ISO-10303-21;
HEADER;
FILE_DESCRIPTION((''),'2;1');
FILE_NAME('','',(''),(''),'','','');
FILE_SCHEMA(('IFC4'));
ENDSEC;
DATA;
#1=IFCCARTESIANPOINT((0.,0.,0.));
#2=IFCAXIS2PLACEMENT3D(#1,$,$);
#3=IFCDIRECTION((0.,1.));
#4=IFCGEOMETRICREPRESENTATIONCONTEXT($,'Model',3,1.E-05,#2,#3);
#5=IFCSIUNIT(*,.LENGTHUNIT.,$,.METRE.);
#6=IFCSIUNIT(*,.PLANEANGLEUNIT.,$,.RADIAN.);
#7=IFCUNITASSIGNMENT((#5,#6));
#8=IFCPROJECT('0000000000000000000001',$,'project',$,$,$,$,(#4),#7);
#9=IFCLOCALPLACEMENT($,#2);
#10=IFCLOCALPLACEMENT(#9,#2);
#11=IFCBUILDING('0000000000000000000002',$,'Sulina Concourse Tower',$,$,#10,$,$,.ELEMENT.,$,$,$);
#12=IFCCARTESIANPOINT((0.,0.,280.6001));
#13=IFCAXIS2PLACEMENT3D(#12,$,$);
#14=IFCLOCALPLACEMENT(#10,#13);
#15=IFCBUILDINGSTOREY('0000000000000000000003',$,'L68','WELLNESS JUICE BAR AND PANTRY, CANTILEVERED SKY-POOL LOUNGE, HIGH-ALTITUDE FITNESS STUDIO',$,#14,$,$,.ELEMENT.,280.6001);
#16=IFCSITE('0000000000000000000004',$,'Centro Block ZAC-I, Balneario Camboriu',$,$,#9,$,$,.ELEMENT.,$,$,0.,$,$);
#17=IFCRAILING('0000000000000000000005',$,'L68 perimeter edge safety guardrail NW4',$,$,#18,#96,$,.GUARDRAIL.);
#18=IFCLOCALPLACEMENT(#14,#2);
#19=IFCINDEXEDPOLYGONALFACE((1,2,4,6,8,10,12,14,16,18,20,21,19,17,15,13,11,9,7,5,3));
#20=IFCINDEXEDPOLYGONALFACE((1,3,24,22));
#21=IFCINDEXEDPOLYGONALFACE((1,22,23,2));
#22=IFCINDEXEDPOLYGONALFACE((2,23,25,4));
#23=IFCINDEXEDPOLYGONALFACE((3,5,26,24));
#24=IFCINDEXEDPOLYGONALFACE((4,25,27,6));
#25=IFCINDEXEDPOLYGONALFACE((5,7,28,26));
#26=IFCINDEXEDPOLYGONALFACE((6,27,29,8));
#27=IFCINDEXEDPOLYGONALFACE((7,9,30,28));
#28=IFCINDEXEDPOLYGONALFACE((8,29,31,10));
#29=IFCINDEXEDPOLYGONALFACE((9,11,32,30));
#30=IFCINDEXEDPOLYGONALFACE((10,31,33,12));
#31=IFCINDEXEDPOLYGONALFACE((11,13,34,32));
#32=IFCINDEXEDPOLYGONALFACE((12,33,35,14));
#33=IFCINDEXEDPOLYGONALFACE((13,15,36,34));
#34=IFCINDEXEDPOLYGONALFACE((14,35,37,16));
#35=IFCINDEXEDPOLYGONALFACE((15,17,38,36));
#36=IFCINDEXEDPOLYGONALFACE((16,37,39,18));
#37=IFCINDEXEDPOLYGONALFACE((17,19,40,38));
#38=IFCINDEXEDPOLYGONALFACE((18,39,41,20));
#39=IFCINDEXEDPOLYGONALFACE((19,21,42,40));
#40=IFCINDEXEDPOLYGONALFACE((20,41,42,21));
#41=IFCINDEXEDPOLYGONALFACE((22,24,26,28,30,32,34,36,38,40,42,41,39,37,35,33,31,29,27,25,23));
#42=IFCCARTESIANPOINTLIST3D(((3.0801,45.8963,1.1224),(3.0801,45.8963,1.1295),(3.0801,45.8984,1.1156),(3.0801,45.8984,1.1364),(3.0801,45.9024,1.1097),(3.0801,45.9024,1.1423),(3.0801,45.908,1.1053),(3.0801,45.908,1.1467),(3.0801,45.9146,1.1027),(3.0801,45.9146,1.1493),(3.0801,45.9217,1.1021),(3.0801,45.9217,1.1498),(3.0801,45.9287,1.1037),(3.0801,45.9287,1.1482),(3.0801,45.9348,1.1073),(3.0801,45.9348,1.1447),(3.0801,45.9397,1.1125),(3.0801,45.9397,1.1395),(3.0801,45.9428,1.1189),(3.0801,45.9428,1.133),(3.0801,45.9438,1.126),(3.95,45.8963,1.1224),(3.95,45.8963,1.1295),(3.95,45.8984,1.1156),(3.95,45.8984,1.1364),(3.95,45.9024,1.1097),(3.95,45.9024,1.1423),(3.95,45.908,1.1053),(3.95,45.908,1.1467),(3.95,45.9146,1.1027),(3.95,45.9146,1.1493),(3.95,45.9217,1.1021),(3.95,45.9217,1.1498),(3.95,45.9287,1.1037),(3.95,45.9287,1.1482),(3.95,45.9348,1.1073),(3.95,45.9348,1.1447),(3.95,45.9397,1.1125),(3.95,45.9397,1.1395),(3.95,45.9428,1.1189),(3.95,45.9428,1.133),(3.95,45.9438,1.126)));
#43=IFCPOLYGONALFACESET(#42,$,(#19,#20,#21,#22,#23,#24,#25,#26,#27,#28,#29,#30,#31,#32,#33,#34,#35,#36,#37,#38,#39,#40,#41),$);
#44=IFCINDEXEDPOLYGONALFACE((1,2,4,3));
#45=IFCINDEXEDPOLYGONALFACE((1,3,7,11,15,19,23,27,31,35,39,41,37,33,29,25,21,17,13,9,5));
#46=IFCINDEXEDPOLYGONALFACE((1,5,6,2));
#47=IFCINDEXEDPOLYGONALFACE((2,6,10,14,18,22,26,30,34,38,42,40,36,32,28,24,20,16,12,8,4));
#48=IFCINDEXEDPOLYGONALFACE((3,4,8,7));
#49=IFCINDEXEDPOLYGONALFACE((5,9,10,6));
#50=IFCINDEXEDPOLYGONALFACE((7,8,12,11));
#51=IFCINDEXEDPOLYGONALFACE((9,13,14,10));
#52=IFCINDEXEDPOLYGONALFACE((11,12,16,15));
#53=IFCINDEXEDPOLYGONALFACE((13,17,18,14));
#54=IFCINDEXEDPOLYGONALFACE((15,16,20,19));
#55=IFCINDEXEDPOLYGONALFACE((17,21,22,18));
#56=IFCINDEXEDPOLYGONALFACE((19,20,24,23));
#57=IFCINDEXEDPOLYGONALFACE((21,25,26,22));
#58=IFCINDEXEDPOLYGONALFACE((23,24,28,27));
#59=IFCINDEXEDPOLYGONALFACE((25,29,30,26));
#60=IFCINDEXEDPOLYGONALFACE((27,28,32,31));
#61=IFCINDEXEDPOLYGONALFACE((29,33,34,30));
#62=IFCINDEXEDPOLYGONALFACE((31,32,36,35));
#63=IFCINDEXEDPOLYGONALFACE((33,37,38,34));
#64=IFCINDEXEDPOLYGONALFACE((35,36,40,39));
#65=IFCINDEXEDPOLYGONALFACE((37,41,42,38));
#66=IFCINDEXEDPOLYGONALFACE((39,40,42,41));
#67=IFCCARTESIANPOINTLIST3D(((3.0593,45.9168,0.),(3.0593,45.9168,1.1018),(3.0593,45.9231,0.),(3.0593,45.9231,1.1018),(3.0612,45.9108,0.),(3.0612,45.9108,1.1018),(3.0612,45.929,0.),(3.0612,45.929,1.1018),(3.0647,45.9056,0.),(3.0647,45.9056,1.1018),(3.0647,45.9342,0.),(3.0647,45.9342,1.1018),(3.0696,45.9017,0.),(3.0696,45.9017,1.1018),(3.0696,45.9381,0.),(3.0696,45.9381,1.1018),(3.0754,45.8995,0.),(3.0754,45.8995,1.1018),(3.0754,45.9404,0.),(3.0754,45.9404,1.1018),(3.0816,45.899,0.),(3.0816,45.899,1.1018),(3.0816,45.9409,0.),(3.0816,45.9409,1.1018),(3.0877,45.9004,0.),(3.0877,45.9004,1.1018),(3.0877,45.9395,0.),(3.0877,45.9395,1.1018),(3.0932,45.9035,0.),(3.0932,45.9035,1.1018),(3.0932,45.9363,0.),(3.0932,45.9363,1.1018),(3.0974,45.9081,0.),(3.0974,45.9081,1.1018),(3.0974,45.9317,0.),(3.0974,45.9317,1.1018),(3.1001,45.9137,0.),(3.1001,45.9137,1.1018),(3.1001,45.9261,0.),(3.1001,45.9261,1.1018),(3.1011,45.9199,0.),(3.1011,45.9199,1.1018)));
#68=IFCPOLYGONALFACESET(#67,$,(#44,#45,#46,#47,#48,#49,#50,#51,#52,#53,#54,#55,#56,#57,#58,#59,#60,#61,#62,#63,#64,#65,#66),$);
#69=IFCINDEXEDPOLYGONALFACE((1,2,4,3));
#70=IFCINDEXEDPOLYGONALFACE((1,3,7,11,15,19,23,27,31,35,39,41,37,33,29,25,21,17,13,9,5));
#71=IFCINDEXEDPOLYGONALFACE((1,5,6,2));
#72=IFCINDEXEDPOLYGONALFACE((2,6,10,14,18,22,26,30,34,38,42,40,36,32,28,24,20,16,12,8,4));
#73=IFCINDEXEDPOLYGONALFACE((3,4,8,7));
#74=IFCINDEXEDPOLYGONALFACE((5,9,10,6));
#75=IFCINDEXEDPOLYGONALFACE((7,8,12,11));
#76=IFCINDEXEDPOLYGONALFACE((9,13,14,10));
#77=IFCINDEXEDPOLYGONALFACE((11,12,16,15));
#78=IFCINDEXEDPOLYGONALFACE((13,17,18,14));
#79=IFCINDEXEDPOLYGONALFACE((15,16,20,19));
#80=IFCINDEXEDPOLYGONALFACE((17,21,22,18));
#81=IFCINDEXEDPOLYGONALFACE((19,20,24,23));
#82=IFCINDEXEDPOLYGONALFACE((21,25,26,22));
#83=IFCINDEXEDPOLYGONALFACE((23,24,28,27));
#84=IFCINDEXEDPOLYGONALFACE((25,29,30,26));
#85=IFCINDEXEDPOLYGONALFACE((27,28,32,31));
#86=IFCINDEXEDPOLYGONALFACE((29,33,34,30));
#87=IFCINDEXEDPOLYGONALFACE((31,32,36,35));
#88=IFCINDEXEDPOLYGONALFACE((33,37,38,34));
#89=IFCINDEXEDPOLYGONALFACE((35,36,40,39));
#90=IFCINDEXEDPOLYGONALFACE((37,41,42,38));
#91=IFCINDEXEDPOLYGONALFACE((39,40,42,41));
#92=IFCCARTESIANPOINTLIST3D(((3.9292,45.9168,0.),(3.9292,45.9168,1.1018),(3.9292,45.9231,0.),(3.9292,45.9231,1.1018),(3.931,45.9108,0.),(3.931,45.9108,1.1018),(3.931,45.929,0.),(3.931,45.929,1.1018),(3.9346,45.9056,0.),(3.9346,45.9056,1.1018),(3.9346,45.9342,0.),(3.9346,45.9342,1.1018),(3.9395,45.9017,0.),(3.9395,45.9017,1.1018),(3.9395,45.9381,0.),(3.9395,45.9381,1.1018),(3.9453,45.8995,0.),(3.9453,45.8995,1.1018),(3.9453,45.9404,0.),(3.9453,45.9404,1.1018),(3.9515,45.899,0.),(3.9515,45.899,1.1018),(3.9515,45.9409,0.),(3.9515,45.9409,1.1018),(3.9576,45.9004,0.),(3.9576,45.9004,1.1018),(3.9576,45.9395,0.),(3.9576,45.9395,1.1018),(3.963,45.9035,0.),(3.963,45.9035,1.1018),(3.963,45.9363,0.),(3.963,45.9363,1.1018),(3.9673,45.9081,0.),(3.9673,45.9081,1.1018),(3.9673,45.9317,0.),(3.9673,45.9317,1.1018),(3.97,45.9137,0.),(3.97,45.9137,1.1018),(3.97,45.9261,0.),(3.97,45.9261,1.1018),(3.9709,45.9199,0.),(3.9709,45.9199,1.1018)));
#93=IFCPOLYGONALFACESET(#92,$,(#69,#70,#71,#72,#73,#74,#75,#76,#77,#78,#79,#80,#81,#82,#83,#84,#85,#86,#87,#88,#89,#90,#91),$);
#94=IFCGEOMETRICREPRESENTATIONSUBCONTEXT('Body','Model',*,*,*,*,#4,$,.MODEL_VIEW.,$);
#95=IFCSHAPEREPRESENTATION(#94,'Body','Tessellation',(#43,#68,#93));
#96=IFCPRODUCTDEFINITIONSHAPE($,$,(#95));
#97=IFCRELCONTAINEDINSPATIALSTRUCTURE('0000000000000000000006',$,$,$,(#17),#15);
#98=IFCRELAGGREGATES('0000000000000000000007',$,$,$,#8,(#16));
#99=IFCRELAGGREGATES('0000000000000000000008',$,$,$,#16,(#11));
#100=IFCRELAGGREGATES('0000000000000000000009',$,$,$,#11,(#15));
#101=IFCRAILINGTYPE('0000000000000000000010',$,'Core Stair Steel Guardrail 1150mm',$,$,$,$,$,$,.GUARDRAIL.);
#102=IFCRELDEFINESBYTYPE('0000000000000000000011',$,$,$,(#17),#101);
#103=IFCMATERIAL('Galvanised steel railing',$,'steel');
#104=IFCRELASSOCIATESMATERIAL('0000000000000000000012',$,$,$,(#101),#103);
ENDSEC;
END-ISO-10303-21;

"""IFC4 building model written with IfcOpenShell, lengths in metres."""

from ifc_helpers import new_model, si_unit, direction, frame, origin, origin_2d, place, context, subcontext, project, spatial, circle, extrude, material, type_object, element, save


model = new_model("IFC4")

# Units and contexts
model_context = context("Model", 3, precision=1e-05, world=origin(), true_north=direction((0.0, 1.0)))
body_context = subcontext(model_context, "Body", "Model", "MODEL_VIEW")
ifc_project = project(units=[si_unit("LENGTHUNIT", "METRE"), si_unit("PLANEANGLEUNIT", "RADIAN")], contexts=[model_context])

# Site, building, storey
site_placement = place(None, origin())
site = spatial("IfcSite", under=ifc_project, at=site_placement, Name="Centro Block ZAC-I, Balneario Camboriu", CompositionType="ELEMENT", RefElevation=0.0)
building_placement = place(site_placement, origin())
building = spatial("IfcBuilding", under=site, at=building_placement, Name="Sulina Concourse Tower", CompositionType="ELEMENT")
storey_placement = place(building_placement, frame((0.0, 0.0, 280.6001)))
storey = spatial("IfcBuildingStorey", under=building, at=storey_placement, Name="L68", Description="WELLNESS JUICE BAR AND PANTRY, CANTILEVERED SKY-POOL LOUNGE, HIGH-ALTITUDE FITNESS STUDIO", CompositionType="ELEMENT", Elevation=280.6001)

# Railing
ifc_material_1 = material(Name="Galvanised steel railing", Category="steel")
railing_type_1 = type_object("IfcRailingType", Name="Core Stair Steel Guardrail 1150mm", PredefinedType="GUARDRAIL", material=ifc_material_1)
railing_1_placement = place(storey_placement, frame((3.0801, 45.9199, 0.0)))
element("IfcRailing", 1, at=railing_1_placement, inside=storey, type_object=railing_type_1, Name="L68 perimeter edge safety guardrail NW4", PredefinedType="GUARDRAIL", context=body_context, shape_type="SweptSolid", body=[
    extrude(circle(Radius=0.0239, at=origin_2d()), frame((0.0, 0.0, 1.126), z_axis=(1.0, 0.0, 0.0), x_axis=(0.0, 1.0, 0.0)), (0.0, 0.0, 1.0), 0.8699),
    extrude(circle(Radius=0.021, at=origin_2d()), origin(), (0.0, 0.0, 1.0), 1.1018),
    extrude(circle(Radius=0.021, at=origin_2d()), frame((0.8699, 0.0, 0.0)), (0.0, 0.0, 1.0), 1.1018),
])

save(model, "model.ifc")
